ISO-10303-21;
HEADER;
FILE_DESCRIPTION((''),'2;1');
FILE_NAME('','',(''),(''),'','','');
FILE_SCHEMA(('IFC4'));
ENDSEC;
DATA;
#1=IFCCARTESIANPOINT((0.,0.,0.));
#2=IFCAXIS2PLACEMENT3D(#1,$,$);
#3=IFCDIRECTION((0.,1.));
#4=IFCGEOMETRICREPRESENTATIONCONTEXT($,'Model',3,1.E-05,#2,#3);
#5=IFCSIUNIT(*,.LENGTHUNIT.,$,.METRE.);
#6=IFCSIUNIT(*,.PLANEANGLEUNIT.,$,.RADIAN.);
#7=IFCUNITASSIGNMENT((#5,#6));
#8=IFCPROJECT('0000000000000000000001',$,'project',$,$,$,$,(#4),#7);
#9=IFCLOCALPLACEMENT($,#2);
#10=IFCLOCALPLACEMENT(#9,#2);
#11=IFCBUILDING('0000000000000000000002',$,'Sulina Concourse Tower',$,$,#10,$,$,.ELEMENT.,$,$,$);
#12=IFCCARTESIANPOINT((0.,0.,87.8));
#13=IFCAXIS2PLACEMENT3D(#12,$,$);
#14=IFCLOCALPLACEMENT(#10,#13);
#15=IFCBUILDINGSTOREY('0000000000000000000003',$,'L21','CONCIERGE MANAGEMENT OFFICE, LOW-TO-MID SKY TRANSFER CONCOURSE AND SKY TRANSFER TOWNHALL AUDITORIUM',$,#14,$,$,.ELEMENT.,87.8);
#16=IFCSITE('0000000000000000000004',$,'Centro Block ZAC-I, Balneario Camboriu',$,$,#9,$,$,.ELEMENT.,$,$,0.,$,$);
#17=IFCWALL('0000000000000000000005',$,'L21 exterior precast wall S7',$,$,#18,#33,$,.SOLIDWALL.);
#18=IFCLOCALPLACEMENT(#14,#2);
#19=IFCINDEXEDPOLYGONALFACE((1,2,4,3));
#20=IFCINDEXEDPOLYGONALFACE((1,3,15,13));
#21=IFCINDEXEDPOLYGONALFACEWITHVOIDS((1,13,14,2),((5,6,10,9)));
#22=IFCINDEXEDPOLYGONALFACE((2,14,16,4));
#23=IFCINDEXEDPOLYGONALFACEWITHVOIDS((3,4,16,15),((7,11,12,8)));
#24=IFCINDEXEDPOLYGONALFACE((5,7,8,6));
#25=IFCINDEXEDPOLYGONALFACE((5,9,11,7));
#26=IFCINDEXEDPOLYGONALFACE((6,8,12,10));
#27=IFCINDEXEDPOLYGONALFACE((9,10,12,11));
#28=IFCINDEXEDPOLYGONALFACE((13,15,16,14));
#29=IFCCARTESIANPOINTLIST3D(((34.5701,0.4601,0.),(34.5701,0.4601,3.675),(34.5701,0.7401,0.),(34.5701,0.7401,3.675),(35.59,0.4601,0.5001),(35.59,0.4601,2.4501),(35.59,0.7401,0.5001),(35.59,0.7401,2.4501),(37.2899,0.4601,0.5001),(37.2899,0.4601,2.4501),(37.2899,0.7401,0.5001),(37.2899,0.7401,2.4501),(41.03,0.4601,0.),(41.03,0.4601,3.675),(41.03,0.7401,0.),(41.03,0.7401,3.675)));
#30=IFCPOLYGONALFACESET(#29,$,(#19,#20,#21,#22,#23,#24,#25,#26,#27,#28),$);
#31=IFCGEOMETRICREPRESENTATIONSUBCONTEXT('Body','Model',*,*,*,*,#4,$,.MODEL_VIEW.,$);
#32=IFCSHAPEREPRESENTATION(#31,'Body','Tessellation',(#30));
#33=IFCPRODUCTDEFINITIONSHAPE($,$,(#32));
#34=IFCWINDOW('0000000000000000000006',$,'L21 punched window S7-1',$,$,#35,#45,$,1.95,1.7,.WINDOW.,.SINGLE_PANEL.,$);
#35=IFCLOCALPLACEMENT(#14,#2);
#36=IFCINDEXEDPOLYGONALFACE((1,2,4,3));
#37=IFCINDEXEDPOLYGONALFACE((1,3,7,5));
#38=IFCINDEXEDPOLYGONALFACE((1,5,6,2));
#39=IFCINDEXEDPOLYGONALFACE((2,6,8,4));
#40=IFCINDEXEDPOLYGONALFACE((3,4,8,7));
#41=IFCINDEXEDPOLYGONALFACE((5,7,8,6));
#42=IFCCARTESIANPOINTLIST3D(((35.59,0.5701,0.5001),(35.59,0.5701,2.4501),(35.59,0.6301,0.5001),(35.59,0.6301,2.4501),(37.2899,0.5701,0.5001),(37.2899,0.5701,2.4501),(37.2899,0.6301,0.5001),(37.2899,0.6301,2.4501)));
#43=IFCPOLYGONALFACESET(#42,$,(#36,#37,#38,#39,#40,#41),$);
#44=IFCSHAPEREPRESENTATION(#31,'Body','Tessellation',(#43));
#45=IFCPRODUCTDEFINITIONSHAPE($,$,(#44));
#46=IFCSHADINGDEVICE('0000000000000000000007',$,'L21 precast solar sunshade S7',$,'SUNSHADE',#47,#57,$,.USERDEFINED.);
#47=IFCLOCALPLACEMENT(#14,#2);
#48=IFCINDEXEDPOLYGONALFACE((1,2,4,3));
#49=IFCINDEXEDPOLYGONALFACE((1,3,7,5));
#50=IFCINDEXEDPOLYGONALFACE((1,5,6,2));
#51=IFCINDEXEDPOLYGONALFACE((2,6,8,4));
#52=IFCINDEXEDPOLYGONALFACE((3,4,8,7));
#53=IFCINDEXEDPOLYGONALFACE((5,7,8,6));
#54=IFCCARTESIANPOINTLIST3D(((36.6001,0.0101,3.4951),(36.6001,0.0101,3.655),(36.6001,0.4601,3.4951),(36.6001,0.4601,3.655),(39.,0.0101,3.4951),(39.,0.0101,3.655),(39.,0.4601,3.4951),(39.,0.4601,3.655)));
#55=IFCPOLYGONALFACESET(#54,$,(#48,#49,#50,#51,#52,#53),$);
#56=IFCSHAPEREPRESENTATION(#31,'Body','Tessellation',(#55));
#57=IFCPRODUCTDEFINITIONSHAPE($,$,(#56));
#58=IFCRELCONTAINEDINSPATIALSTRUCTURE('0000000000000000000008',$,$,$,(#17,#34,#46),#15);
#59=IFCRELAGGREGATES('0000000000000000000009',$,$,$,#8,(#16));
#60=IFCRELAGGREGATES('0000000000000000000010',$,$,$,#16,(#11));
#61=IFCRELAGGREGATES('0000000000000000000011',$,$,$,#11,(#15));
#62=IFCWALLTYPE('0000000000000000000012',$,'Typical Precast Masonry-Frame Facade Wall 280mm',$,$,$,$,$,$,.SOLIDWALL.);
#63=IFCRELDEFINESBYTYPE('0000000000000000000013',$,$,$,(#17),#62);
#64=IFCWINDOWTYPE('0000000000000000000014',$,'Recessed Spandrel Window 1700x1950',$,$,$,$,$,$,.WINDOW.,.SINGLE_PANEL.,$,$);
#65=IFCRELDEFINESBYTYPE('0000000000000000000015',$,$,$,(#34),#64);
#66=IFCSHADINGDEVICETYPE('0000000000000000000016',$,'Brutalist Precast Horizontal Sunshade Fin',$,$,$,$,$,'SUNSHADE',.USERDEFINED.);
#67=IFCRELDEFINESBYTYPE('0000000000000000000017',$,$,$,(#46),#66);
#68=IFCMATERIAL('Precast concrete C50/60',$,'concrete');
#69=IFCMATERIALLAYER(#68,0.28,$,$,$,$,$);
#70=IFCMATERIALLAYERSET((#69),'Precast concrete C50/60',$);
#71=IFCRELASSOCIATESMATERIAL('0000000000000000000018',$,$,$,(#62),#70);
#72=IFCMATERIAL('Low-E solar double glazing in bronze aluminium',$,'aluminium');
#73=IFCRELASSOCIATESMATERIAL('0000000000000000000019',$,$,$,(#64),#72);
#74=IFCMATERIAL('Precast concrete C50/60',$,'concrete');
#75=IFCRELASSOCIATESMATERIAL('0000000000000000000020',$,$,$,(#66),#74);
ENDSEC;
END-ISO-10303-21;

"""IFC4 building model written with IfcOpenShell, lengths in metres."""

from ifc_helpers import new_model, si_unit, direction, frame, frame_2d, origin, origin_2d, place, context, subcontext, project, spatial, rectangle, extrude, material, layer, layer_set, type_object, element, fill, save


model = new_model("IFC4")

# Units and contexts
model_context = context("Model", 3, precision=1e-05, world=origin(), true_north=direction((0.0, 1.0)))
body_context = subcontext(model_context, "Body", "Model", "MODEL_VIEW")
ifc_project = project(units=[si_unit("LENGTHUNIT", "METRE"), si_unit("PLANEANGLEUNIT", "RADIAN")], contexts=[model_context])

# Site, building, storey
site_placement = place(None, origin())
site = spatial("IfcSite", under=ifc_project, at=site_placement, Name="Centro Block ZAC-I, Balneario Camboriu", CompositionType="ELEMENT", RefElevation=0.0)
building_placement = place(site_placement, origin())
building = spatial("IfcBuilding", under=site, at=building_placement, Name="Sulina Concourse Tower", CompositionType="ELEMENT")
storey_placement = place(building_placement, frame((0.0, 0.0, 87.8)))
storey = spatial("IfcBuildingStorey", under=building, at=storey_placement, Name="L21", Description="CONCIERGE MANAGEMENT OFFICE, LOW-TO-MID SKY TRANSFER CONCOURSE AND SKY TRANSFER TOWNHALL AUDITORIUM", CompositionType="ELEMENT", Elevation=87.8)

# Wall, opening, window
ifc_material_1 = material(Name="Precast concrete C50/60", Category="concrete")
ifc_layer_1 = layer(ifc_material_1, 0.28)
ifc_layer_set_1 = layer_set([ifc_layer_1], Name="Precast concrete C50/60")
wall_type_1 = type_object("IfcWallType", Name="Typical Precast Masonry-Frame Facade Wall 280mm", PredefinedType="SOLIDWALL", material=ifc_layer_set_1)
wall_1_placement = place(storey_placement, frame((41.03, 0.6001, 0.0), z_axis=(0.0, 0.0, 1.0), x_axis=(-1.0, 0.0, 0.0)))
wall_1 = element("IfcWall", 1, at=wall_1_placement, inside=storey, type_object=wall_type_1, Name="L21 exterior precast wall S7", PredefinedType="SOLIDWALL", context=body_context, shape_type="SweptSolid", body=[
    extrude(rectangle(XDim=6.46, YDim=0.28, at=frame_2d((3.23, 0.0))), origin(), (0.0, 0.0, 1.0), 3.675),
])
opening_1_placement = place(wall_1_placement, frame((3.74, 0.0, 0.5)))
opening_1 = element("IfcOpeningElement", 2, at=opening_1_placement, cuts=wall_1, PredefinedType="OPENING", context=body_context, shape_type="SweptSolid", body=[
    extrude(rectangle(XDim=1.7, YDim=1.95, at=frame_2d((0.8501, 0.9751))), frame((0.0, 0.1499, 0.0), z_axis=(0.0, -1.0, 0.0), x_axis=(1.0, 0.0, 0.0)), (0.0, 0.0, 1.0), 0.3),
])
ifc_material_2 = material(Name="Low-E solar double glazing in bronze aluminium", Category="aluminium")
window_type = type_object("IfcWindowType", Name="Recessed Spandrel Window 1700x1950", PartitioningType="SINGLE_PANEL", PredefinedType="WINDOW", material=ifc_material_2)
window_placement = place(opening_1_placement, origin())
window = element("IfcWindow", 3, at=window_placement, inside=storey, type_object=window_type, Name="L21 punched window S7-1", OverallHeight=1.95, OverallWidth=1.7, PartitioningType="SINGLE_PANEL", PredefinedType="WINDOW", context=body_context, shape_type="SweptSolid", body=[
    extrude(rectangle(XDim=1.7, YDim=1.95, at=frame_2d((0.8501, 0.9751))), frame((0.0, 0.03, 0.0), z_axis=(0.0, -1.0, 0.0), x_axis=(1.0, 0.0, 0.0)), (0.0, 0.0, 1.0), 0.0601),
])
fill(opening_1, window)

# Shading device
ifc_material_3 = material(Name="Precast concrete C50/60", Category="concrete")
shading_device_type = type_object("IfcShadingDeviceType", Name="Brutalist Precast Horizontal Sunshade Fin", ElementType="SUNSHADE", PredefinedType="USERDEFINED", material=ifc_material_3)
shading_device_placement = place(storey_placement, frame((37.8, 0.2351, 3.4951), z_axis=(0.0, 0.0, 1.0), x_axis=(1.0, 0.0, 0.0)))
element("IfcShadingDevice", 4, at=shading_device_placement, inside=storey, type_object=shading_device_type, Name="L21 precast solar sunshade S7", ObjectType="SUNSHADE", PredefinedType="USERDEFINED", context=body_context, shape_type="SweptSolid", body=[
    extrude(rectangle(XDim=2.3999, YDim=0.45, at=origin_2d()), origin(), (0.0, 0.0, 1.0), 0.1599),
])

save(model, "model.ifc")
